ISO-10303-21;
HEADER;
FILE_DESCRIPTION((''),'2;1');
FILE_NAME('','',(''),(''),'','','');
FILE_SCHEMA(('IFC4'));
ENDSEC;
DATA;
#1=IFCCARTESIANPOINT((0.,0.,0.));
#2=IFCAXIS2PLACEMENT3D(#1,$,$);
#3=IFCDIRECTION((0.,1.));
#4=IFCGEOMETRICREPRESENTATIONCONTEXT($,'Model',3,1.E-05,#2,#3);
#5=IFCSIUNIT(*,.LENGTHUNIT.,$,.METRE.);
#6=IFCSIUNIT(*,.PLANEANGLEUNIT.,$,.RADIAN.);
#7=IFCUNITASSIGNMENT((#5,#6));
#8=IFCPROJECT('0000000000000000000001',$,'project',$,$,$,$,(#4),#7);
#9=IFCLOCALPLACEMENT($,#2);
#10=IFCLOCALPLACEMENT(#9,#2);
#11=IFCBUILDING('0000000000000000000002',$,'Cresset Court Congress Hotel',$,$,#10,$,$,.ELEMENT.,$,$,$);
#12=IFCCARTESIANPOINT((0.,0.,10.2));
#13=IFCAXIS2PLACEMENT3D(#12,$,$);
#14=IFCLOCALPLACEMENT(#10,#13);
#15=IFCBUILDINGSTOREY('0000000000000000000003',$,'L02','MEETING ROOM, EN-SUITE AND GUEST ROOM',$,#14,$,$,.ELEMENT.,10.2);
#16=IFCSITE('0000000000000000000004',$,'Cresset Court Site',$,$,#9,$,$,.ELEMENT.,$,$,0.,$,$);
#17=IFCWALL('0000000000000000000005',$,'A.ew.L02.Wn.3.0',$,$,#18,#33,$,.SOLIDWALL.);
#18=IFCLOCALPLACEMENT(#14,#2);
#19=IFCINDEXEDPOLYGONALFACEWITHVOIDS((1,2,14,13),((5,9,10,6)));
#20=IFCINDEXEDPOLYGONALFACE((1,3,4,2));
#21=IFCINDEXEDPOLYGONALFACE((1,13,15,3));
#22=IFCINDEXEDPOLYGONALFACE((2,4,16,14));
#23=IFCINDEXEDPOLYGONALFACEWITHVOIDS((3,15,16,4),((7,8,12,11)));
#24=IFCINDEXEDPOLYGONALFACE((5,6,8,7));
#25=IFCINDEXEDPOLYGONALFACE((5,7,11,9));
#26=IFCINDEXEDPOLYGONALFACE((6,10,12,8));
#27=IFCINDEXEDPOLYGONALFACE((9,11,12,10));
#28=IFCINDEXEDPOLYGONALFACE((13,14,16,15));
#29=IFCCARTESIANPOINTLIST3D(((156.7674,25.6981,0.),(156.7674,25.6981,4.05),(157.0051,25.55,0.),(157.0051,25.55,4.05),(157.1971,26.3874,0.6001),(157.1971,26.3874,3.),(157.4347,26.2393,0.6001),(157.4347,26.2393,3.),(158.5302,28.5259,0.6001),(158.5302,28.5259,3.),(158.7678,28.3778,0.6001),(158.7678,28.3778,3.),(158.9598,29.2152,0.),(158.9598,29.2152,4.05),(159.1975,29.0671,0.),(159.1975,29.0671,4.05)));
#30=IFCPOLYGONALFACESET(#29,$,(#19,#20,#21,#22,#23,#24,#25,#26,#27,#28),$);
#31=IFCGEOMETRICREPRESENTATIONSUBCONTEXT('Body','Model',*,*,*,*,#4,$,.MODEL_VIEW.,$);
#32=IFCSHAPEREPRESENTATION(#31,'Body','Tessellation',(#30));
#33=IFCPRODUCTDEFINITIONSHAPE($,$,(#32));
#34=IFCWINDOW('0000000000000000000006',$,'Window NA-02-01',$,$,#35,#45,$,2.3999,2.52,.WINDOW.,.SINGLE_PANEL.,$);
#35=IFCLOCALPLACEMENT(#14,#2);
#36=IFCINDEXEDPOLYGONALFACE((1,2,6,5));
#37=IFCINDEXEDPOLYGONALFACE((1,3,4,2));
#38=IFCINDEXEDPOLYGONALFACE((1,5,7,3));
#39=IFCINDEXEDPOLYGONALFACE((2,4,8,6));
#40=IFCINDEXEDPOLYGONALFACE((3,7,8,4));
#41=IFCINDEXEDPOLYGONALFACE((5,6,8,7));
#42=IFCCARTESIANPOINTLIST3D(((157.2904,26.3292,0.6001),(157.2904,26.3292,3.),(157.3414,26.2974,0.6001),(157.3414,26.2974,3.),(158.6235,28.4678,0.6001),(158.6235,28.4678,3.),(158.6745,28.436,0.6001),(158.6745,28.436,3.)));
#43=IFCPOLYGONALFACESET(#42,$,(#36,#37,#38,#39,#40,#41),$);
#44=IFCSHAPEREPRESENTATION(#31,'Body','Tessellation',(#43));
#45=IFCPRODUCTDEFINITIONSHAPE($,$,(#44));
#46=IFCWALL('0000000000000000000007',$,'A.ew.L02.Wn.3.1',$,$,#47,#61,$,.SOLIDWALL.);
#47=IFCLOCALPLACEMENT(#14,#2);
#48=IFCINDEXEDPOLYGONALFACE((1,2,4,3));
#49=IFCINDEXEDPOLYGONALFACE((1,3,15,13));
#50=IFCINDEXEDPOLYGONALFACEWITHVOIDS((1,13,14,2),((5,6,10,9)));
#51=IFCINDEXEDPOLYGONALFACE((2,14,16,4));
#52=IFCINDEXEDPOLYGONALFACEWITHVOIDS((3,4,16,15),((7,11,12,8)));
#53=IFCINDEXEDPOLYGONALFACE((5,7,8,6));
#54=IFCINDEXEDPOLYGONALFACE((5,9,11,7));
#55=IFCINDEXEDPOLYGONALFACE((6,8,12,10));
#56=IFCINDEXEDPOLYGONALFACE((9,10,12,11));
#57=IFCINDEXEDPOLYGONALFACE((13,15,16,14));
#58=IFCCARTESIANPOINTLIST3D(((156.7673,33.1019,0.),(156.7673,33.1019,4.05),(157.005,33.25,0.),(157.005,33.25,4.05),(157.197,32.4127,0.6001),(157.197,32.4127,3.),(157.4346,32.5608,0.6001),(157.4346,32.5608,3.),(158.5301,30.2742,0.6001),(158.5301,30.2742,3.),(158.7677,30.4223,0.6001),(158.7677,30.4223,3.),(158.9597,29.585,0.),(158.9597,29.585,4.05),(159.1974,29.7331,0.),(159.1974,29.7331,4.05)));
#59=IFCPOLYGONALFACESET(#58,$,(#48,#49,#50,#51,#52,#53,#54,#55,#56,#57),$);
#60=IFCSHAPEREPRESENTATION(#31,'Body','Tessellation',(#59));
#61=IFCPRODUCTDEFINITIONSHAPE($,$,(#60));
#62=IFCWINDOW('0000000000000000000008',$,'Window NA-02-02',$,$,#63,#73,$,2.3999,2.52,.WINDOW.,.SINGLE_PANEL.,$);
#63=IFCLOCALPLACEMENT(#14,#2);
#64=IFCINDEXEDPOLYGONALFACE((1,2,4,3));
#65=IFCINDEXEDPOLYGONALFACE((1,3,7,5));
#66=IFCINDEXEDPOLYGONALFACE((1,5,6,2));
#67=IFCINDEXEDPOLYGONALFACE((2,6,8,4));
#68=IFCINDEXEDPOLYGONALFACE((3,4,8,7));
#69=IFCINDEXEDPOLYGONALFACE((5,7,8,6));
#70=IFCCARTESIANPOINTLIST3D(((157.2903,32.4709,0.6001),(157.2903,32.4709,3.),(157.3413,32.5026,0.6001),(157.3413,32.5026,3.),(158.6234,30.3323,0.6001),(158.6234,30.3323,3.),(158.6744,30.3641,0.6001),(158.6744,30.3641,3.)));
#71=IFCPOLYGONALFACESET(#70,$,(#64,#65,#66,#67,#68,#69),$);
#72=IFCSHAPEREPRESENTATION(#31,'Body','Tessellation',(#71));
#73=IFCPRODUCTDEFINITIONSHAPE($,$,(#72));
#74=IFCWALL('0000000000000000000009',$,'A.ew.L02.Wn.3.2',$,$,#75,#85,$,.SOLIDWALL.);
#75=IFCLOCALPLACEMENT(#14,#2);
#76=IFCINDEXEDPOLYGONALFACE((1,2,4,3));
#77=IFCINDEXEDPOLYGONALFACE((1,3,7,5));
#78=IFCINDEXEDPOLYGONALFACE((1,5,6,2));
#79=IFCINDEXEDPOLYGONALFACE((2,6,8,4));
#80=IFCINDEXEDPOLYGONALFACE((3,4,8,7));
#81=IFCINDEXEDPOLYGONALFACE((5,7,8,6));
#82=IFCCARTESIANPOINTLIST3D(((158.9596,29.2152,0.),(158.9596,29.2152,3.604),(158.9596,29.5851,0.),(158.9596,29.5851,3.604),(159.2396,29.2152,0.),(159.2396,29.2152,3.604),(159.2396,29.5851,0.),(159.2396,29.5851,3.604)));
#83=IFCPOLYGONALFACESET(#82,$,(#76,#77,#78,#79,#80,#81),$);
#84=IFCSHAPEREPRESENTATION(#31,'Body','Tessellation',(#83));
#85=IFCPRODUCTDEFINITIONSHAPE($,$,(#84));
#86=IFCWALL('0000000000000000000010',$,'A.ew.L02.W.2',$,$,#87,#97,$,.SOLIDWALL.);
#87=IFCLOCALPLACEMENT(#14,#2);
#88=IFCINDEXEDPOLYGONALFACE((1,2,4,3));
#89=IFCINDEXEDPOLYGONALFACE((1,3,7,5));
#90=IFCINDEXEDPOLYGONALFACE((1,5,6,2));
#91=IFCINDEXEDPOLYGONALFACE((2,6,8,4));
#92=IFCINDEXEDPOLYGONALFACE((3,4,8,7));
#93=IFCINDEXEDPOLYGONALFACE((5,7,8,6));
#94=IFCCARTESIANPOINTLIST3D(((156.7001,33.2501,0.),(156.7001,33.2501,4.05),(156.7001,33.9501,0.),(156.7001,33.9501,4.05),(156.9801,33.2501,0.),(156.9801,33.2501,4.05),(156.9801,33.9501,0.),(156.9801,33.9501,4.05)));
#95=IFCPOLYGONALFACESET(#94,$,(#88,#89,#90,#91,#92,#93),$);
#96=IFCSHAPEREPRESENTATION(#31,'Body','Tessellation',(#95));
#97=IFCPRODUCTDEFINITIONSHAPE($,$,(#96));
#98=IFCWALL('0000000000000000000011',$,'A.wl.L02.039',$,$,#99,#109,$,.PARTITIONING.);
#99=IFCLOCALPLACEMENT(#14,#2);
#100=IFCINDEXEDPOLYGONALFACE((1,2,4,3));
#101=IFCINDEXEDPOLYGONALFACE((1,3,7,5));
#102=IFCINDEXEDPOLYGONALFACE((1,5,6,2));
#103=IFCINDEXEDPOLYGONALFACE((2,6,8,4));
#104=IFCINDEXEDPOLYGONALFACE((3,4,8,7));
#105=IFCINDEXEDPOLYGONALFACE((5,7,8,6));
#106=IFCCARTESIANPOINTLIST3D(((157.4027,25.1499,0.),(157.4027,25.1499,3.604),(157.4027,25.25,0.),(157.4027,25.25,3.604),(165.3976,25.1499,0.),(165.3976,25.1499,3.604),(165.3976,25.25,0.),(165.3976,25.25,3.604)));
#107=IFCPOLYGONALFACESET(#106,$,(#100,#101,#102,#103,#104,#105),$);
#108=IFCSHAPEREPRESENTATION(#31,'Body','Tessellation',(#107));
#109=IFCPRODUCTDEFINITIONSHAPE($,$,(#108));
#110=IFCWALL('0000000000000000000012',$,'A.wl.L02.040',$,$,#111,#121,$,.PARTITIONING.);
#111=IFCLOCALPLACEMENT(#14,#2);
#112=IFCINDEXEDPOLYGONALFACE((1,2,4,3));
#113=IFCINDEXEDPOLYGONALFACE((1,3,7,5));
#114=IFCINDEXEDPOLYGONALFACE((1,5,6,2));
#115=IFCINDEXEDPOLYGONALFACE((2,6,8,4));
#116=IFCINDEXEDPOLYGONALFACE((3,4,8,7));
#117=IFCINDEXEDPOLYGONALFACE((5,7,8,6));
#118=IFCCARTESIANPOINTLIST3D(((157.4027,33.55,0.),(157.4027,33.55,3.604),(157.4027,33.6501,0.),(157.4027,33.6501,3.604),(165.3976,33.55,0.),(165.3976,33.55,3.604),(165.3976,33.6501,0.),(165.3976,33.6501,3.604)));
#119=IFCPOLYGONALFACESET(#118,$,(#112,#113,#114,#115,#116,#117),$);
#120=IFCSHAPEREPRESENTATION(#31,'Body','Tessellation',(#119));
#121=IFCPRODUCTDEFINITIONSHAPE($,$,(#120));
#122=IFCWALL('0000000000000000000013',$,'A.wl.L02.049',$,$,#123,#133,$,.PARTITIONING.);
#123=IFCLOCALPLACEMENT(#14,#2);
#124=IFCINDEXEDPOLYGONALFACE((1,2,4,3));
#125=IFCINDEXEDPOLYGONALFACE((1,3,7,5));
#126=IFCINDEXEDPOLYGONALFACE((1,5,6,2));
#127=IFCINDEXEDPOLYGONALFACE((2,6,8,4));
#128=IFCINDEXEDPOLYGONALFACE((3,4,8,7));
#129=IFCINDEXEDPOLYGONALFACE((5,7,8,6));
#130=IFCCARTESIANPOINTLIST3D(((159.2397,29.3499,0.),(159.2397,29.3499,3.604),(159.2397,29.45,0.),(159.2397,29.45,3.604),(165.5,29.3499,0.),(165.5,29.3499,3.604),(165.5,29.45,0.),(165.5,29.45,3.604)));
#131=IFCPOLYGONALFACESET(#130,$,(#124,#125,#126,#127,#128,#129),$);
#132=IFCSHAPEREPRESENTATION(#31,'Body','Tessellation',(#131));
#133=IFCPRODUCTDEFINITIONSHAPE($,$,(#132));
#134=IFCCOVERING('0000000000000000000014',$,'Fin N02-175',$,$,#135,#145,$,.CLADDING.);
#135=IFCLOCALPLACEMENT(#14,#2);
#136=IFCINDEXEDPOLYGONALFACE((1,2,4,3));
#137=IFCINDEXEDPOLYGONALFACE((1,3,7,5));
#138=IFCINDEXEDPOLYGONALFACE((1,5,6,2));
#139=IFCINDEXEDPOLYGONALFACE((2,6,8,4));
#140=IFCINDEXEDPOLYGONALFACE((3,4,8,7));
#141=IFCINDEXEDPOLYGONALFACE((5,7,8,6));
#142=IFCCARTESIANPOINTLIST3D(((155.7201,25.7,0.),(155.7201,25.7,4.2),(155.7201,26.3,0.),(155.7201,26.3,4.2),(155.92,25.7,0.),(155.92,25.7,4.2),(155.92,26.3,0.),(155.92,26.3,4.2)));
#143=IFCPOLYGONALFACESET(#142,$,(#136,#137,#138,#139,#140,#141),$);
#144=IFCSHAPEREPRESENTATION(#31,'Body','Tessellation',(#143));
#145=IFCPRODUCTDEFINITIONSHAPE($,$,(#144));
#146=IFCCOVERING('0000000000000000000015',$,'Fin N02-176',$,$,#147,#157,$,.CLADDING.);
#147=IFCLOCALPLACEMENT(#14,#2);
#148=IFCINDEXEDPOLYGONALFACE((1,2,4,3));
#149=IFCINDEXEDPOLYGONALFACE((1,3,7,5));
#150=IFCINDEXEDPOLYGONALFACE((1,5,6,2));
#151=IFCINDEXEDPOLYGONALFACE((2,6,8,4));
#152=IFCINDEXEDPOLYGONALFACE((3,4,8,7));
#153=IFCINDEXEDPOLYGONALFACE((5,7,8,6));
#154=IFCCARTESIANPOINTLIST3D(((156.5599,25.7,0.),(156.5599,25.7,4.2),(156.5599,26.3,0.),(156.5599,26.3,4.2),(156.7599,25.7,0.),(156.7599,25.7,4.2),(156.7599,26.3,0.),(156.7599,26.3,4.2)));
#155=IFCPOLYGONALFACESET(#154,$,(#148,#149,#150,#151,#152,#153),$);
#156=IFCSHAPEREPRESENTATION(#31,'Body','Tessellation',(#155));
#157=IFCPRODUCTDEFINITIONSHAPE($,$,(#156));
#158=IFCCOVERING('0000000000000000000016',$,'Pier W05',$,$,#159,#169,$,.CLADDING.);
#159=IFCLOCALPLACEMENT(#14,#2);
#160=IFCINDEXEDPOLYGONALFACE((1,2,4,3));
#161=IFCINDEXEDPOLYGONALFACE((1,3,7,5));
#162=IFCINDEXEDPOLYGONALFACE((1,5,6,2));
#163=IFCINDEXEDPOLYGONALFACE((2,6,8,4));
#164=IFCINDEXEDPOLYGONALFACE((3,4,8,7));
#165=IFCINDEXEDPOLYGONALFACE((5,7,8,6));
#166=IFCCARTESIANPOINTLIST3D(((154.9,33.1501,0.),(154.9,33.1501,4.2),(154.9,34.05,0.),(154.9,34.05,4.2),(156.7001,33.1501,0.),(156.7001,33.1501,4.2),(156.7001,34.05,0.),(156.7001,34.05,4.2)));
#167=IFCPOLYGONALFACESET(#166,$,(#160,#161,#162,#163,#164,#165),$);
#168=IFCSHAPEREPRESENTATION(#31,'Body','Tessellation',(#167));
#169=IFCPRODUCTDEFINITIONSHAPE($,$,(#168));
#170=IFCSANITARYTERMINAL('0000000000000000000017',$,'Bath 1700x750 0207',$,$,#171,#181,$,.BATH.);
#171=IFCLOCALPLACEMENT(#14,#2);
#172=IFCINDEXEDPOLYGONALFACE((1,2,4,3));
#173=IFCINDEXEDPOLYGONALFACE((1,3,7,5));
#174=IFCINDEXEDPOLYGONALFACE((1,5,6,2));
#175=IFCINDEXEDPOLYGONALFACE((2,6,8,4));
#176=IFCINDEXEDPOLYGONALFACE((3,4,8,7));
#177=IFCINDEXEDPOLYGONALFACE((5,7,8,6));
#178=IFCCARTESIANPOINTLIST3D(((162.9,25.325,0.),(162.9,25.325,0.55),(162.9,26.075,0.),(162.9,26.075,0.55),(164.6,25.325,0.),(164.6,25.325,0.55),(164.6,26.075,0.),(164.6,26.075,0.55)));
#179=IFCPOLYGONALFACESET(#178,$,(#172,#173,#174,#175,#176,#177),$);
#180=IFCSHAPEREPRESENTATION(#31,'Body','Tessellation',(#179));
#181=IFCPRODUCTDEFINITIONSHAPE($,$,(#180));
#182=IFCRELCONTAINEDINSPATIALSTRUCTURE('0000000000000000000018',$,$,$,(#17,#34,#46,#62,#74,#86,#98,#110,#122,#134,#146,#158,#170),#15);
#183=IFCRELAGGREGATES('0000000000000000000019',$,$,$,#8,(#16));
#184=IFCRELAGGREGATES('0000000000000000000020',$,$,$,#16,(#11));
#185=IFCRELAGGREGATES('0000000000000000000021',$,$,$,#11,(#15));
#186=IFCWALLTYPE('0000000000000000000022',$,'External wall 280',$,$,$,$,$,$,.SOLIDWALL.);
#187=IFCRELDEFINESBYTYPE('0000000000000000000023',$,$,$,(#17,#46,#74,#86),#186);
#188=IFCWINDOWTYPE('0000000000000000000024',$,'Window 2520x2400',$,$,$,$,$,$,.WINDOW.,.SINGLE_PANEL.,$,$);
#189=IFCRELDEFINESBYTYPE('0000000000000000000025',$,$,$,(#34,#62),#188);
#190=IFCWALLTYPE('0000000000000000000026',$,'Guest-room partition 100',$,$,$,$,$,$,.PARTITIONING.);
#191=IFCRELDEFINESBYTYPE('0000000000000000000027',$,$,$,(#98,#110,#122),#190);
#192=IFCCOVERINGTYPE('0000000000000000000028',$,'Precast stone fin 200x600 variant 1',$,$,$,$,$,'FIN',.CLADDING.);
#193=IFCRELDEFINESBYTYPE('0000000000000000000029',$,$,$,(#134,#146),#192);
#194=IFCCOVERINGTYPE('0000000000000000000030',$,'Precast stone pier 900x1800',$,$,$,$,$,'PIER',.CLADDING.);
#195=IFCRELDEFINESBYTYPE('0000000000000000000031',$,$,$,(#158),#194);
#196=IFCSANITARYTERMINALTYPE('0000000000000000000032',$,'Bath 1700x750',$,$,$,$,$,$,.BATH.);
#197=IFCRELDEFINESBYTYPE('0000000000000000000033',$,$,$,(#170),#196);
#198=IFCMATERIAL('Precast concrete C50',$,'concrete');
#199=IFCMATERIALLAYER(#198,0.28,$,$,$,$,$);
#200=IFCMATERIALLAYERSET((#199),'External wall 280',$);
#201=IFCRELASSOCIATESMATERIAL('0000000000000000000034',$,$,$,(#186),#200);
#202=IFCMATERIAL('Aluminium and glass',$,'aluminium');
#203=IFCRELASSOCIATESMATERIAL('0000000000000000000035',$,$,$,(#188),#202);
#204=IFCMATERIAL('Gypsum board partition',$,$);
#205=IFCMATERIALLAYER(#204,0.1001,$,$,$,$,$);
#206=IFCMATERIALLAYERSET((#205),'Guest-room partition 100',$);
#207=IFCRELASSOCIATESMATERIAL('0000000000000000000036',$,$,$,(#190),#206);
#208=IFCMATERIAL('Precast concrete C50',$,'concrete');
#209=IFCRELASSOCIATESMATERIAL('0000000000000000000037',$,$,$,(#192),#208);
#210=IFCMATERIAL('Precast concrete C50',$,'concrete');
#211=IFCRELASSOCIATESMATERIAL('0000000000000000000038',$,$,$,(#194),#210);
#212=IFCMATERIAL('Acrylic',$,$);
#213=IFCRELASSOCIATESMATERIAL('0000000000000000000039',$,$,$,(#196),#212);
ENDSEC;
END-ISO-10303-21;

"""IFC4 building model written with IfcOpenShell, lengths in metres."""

from ifc_helpers import new_model, si_unit, direction, frame, frame_2d, origin, origin_2d, place, context, subcontext, project, spatial, rectangle, extrude, material, layer, layer_set, type_object, element, fill, save


model = new_model("IFC4")

# Units and contexts
model_context = context("Model", 3, precision=1e-05, world=origin(), true_north=direction((0.0, 1.0)))
body_context = subcontext(model_context, "Body", "Model", "MODEL_VIEW")
ifc_project = project(units=[si_unit("LENGTHUNIT", "METRE"), si_unit("PLANEANGLEUNIT", "RADIAN")], contexts=[model_context])

# Site, building, storey
site_placement = place(None, origin())
site = spatial("IfcSite", under=ifc_project, at=site_placement, Name="Cresset Court Site", CompositionType="ELEMENT", RefElevation=0.0)
building_placement = place(site_placement, origin())
building = spatial("IfcBuilding", under=site, at=building_placement, Name="Cresset Court Congress Hotel", CompositionType="ELEMENT")
storey_placement = place(building_placement, frame((0.0, 0.0, 10.2)))
storey = spatial("IfcBuildingStorey", under=building, at=storey_placement, Name="L02", Description="MEETING ROOM, EN-SUITE AND GUEST ROOM", CompositionType="ELEMENT", Elevation=10.2)

# Shared definitions
ifc_material_1 = material(Name="Precast concrete C50", Category="concrete")
ifc_layer_1 = layer(ifc_material_1, 0.28)
ifc_layer_set_1 = layer_set([ifc_layer_1], Name="External wall 280")
wall_type_1 = type_object("IfcWallType", Name="External wall 280", PredefinedType="SOLIDWALL", material=ifc_layer_set_1)

# Walls, openings, windows
wall_1_placement = place(storey_placement, frame((156.8862, 25.624, 0.0), z_axis=(0.0, 0.0, 1.0), x_axis=(0.528993, 0.848626, 0.0)))
wall_1 = element("IfcWall", 1, at=wall_1_placement, inside=storey, type_object=wall_type_1, Name="A.ew.L02.Wn.3.0", PredefinedType="SOLIDWALL", context=body_context, shape_type="SweptSolid", body=[
    extrude(rectangle(XDim=4.1445, YDim=0.28, at=frame_2d((2.0723, 0.0))), origin(), (0.0, 0.0, 1.0), 4.05),
])
opening_1_placement = place(wall_1_placement, frame((0.8123, 0.0, 0.6001)))
opening_1 = element("IfcOpeningElement", 2, at=opening_1_placement, cuts=wall_1, PredefinedType="OPENING", context=body_context, shape_type="SweptSolid", body=[
    extrude(rectangle(XDim=2.52, YDim=2.3999, at=frame_2d((1.26, 1.2))), frame((0.0, 0.1499, 0.0), z_axis=(0.0, -1.0, 0.0), x_axis=(1.0, 0.0, 0.0)), (0.0, 0.0, 1.0), 0.3),
])
ifc_material_2 = material(Name="Aluminium and glass", Category="aluminium")
window_type = type_object("IfcWindowType", Name="Window 2520x2400", PartitioningType="SINGLE_PANEL", PredefinedType="WINDOW", material=ifc_material_2)
window_1_placement = place(opening_1_placement, origin())
window_1 = element("IfcWindow", 3, at=window_1_placement, inside=storey, type_object=window_type, Name="Window NA-02-01", OverallHeight=2.3999, OverallWidth=2.52, PartitioningType="SINGLE_PANEL", PredefinedType="WINDOW", context=body_context, shape_type="SweptSolid", body=[
    extrude(rectangle(XDim=2.52, YDim=2.3999, at=frame_2d((1.26, 1.2))), frame((0.0, 0.03, 0.0), z_axis=(0.0, -1.0, 0.0), x_axis=(1.0, 0.0, 0.0)), (0.0, 0.0, 1.0), 0.0601),
])
fill(opening_1, window_1)
wall_2_placement = place(storey_placement, frame((159.0786, 29.6589, 0.0), z_axis=(0.0, 0.0, 1.0), x_axis=(-0.529019, 0.84861, 0.0)))
wall_2 = element("IfcWall", 4, at=wall_2_placement, inside=storey, type_object=wall_type_1, Name="A.ew.L02.Wn.3.1", PredefinedType="SOLIDWALL", context=body_context, shape_type="SweptSolid", body=[
    extrude(rectangle(XDim=4.1443, YDim=0.28, at=frame_2d((2.0723, 0.0))), origin(), (0.0, 0.0, 1.0), 4.05),
])
opening_2_placement = place(wall_2_placement, frame((0.8123, 0.0, 0.6001)))
opening_2 = element("IfcOpeningElement", 5, at=opening_2_placement, cuts=wall_2, PredefinedType="OPENING", context=body_context, shape_type="SweptSolid", body=[
    extrude(rectangle(XDim=2.52, YDim=2.3999, at=frame_2d((1.26, 1.2))), frame((0.0, 0.1499, 0.0), z_axis=(0.0, -1.0, 0.0), x_axis=(1.0, 0.0, 0.0)), (0.0, 0.0, 1.0), 0.3),
])
window_2_placement = place(opening_2_placement, origin())
window_2 = element("IfcWindow", 6, at=window_2_placement, inside=storey, type_object=window_type, Name="Window NA-02-02", OverallHeight=2.3999, OverallWidth=2.52, PartitioningType="SINGLE_PANEL", PredefinedType="WINDOW", context=body_context, shape_type="SweptSolid", body=[
    extrude(rectangle(XDim=2.52, YDim=2.3999, at=frame_2d((1.26, 1.2))), frame((0.0, 0.03, 0.0), z_axis=(0.0, -1.0, 0.0), x_axis=(1.0, 0.0, 0.0)), (0.0, 0.0, 1.0), 0.0601),
])
fill(opening_2, window_2)

# Walls
wall_3_placement = place(storey_placement, frame((159.0996, 29.2151, 0.0), z_axis=(0.0, 0.0, 1.0), x_axis=(0.0, 1.0, 0.0)))
element("IfcWall", 7, at=wall_3_placement, inside=storey, type_object=wall_type_1, Name="A.ew.L02.Wn.3.2", PredefinedType="SOLIDWALL", context=body_context, shape_type="SweptSolid", body=[
    extrude(rectangle(XDim=0.3699, YDim=0.28, at=frame_2d((0.1851, 0.0))), origin(), (0.0, 0.0, 1.0), 3.604),
])
wall_4_placement = place(storey_placement, frame((156.8401, 33.25, 0.0), z_axis=(0.0, 0.0, 1.0), x_axis=(0.0, 1.0, 0.0)))
element("IfcWall", 8, at=wall_4_placement, inside=storey, type_object=wall_type_1, Name="A.ew.L02.W.2", PredefinedType="SOLIDWALL", context=body_context, shape_type="SweptSolid", body=[
    extrude(rectangle(XDim=0.7, YDim=0.28, at=frame_2d((0.3501, 0.0))), origin(), (0.0, 0.0, 1.0), 4.05),
])
ifc_material_3 = material(Name="Gypsum board partition")
ifc_layer_2 = layer(ifc_material_3, 0.1001)
ifc_layer_set_2 = layer_set([ifc_layer_2], Name="Guest-room partition 100")
wall_type_2 = type_object("IfcWallType", Name="Guest-room partition 100", PredefinedType="PARTITIONING", material=ifc_layer_set_2)
for number, where, z_axis, x_axis, name in (
    (9, (157.4026, 25.2, 0.0), (0.0, 0.0, 1.0), (1.0, 0.0, 0.0), "A.wl.L02.039"),
    (10, (157.4026, 33.6001, 0.0), (0.0, 0.0, 1.0), (1.0, 0.0, 0.0), "A.wl.L02.040"),
):
    element("IfcWall", number, at=place(storey_placement, frame(where, z_axis=z_axis, x_axis=x_axis)), inside=storey, type_object=wall_type_2, Name=name, PredefinedType="PARTITIONING", context=body_context, shape_type="SweptSolid", body=[
        extrude(rectangle(XDim=7.9949, YDim=0.1001, at=frame_2d((3.9976, 0.0))), origin(), (0.0, 0.0, 1.0), 3.604),
    ])
wall_5_placement = place(storey_placement, frame((159.2397, 29.3999, 0.0), z_axis=(0.0, 0.0, 1.0), x_axis=(1.0, 0.0, 0.0)))
element("IfcWall", 11, at=wall_5_placement, inside=storey, type_object=wall_type_2, Name="A.wl.L02.049", PredefinedType="PARTITIONING", context=body_context, shape_type="SweptSolid", body=[
    extrude(rectangle(XDim=6.2603, YDim=0.1001, at=frame_2d((3.1301, 0.0))), origin(), (0.0, 0.0, 1.0), 3.604),
])

# Coverings
ifc_material_4 = material(Name="Precast concrete C50", Category="concrete")
covering_type_1 = type_object("IfcCoveringType", Name="Precast stone fin 200x600 variant 1", ElementType="FIN", PredefinedType="CLADDING", material=ifc_material_4)
for number, where, z_axis, x_axis, name in (
    (12, (155.8201, 26.0, 0.0), (0.0, 0.0, 1.0), (1.0, 0.0, 0.0), "Fin N02-175"),
    (13, (156.6599, 26.0, 0.0), (0.0, 0.0, 1.0), (1.0, 0.0, 0.0), "Fin N02-176"),
):
    element("IfcCovering", number, at=place(storey_placement, frame(where, z_axis=z_axis, x_axis=x_axis)), inside=storey, type_object=covering_type_1, Name=name, PredefinedType="CLADDING", context=body_context, shape_type="SweptSolid", body=[
        extrude(rectangle(XDim=0.2, YDim=0.6001, at=origin_2d()), origin(), (0.0, 0.0, 1.0), 4.2),
    ])
ifc_material_5 = material(Name="Precast concrete C50", Category="concrete")
covering_type_2 = type_object("IfcCoveringType", Name="Precast stone pier 900x1800", ElementType="PIER", PredefinedType="CLADDING", material=ifc_material_5)
covering_placement = place(storey_placement, frame((155.8, 33.6001, 0.0), z_axis=(0.0, 0.0, 1.0), x_axis=(1.0, 0.0, 0.0)))
element("IfcCovering", 14, at=covering_placement, inside=storey, type_object=covering_type_2, Name="Pier W05", PredefinedType="CLADDING", context=body_context, shape_type="SweptSolid", body=[
    extrude(rectangle(XDim=1.8, YDim=0.8999, at=origin_2d()), origin(), (0.0, 0.0, 1.0), 4.2),
])

# Sanitary terminal
ifc_material_6 = material(Name="Acrylic")
sanitary_terminal_type_1 = type_object("IfcSanitaryTerminalType", Name="Bath 1700x750", PredefinedType="BATH", material=ifc_material_6)
for number, where, z_axis, x_axis, name in (
    (15, (163.75, 25.7, 0.0), (0.0, 0.0, 1.0), (1.0, 0.0, 0.0), "Bath 1700x750 0207"),
):
    element("IfcSanitaryTerminal", number, at=place(storey_placement, frame(where, z_axis=z_axis, x_axis=x_axis)), inside=storey, type_object=sanitary_terminal_type_1, Name=name, PredefinedType="BATH", context=body_context, shape_type="SweptSolid", body=[
        extrude(rectangle(XDim=1.7, YDim=0.75, at=origin_2d()), origin(), (0.0, 0.0, 1.0), 0.55),
    ])

save(model, "model.ifc")
